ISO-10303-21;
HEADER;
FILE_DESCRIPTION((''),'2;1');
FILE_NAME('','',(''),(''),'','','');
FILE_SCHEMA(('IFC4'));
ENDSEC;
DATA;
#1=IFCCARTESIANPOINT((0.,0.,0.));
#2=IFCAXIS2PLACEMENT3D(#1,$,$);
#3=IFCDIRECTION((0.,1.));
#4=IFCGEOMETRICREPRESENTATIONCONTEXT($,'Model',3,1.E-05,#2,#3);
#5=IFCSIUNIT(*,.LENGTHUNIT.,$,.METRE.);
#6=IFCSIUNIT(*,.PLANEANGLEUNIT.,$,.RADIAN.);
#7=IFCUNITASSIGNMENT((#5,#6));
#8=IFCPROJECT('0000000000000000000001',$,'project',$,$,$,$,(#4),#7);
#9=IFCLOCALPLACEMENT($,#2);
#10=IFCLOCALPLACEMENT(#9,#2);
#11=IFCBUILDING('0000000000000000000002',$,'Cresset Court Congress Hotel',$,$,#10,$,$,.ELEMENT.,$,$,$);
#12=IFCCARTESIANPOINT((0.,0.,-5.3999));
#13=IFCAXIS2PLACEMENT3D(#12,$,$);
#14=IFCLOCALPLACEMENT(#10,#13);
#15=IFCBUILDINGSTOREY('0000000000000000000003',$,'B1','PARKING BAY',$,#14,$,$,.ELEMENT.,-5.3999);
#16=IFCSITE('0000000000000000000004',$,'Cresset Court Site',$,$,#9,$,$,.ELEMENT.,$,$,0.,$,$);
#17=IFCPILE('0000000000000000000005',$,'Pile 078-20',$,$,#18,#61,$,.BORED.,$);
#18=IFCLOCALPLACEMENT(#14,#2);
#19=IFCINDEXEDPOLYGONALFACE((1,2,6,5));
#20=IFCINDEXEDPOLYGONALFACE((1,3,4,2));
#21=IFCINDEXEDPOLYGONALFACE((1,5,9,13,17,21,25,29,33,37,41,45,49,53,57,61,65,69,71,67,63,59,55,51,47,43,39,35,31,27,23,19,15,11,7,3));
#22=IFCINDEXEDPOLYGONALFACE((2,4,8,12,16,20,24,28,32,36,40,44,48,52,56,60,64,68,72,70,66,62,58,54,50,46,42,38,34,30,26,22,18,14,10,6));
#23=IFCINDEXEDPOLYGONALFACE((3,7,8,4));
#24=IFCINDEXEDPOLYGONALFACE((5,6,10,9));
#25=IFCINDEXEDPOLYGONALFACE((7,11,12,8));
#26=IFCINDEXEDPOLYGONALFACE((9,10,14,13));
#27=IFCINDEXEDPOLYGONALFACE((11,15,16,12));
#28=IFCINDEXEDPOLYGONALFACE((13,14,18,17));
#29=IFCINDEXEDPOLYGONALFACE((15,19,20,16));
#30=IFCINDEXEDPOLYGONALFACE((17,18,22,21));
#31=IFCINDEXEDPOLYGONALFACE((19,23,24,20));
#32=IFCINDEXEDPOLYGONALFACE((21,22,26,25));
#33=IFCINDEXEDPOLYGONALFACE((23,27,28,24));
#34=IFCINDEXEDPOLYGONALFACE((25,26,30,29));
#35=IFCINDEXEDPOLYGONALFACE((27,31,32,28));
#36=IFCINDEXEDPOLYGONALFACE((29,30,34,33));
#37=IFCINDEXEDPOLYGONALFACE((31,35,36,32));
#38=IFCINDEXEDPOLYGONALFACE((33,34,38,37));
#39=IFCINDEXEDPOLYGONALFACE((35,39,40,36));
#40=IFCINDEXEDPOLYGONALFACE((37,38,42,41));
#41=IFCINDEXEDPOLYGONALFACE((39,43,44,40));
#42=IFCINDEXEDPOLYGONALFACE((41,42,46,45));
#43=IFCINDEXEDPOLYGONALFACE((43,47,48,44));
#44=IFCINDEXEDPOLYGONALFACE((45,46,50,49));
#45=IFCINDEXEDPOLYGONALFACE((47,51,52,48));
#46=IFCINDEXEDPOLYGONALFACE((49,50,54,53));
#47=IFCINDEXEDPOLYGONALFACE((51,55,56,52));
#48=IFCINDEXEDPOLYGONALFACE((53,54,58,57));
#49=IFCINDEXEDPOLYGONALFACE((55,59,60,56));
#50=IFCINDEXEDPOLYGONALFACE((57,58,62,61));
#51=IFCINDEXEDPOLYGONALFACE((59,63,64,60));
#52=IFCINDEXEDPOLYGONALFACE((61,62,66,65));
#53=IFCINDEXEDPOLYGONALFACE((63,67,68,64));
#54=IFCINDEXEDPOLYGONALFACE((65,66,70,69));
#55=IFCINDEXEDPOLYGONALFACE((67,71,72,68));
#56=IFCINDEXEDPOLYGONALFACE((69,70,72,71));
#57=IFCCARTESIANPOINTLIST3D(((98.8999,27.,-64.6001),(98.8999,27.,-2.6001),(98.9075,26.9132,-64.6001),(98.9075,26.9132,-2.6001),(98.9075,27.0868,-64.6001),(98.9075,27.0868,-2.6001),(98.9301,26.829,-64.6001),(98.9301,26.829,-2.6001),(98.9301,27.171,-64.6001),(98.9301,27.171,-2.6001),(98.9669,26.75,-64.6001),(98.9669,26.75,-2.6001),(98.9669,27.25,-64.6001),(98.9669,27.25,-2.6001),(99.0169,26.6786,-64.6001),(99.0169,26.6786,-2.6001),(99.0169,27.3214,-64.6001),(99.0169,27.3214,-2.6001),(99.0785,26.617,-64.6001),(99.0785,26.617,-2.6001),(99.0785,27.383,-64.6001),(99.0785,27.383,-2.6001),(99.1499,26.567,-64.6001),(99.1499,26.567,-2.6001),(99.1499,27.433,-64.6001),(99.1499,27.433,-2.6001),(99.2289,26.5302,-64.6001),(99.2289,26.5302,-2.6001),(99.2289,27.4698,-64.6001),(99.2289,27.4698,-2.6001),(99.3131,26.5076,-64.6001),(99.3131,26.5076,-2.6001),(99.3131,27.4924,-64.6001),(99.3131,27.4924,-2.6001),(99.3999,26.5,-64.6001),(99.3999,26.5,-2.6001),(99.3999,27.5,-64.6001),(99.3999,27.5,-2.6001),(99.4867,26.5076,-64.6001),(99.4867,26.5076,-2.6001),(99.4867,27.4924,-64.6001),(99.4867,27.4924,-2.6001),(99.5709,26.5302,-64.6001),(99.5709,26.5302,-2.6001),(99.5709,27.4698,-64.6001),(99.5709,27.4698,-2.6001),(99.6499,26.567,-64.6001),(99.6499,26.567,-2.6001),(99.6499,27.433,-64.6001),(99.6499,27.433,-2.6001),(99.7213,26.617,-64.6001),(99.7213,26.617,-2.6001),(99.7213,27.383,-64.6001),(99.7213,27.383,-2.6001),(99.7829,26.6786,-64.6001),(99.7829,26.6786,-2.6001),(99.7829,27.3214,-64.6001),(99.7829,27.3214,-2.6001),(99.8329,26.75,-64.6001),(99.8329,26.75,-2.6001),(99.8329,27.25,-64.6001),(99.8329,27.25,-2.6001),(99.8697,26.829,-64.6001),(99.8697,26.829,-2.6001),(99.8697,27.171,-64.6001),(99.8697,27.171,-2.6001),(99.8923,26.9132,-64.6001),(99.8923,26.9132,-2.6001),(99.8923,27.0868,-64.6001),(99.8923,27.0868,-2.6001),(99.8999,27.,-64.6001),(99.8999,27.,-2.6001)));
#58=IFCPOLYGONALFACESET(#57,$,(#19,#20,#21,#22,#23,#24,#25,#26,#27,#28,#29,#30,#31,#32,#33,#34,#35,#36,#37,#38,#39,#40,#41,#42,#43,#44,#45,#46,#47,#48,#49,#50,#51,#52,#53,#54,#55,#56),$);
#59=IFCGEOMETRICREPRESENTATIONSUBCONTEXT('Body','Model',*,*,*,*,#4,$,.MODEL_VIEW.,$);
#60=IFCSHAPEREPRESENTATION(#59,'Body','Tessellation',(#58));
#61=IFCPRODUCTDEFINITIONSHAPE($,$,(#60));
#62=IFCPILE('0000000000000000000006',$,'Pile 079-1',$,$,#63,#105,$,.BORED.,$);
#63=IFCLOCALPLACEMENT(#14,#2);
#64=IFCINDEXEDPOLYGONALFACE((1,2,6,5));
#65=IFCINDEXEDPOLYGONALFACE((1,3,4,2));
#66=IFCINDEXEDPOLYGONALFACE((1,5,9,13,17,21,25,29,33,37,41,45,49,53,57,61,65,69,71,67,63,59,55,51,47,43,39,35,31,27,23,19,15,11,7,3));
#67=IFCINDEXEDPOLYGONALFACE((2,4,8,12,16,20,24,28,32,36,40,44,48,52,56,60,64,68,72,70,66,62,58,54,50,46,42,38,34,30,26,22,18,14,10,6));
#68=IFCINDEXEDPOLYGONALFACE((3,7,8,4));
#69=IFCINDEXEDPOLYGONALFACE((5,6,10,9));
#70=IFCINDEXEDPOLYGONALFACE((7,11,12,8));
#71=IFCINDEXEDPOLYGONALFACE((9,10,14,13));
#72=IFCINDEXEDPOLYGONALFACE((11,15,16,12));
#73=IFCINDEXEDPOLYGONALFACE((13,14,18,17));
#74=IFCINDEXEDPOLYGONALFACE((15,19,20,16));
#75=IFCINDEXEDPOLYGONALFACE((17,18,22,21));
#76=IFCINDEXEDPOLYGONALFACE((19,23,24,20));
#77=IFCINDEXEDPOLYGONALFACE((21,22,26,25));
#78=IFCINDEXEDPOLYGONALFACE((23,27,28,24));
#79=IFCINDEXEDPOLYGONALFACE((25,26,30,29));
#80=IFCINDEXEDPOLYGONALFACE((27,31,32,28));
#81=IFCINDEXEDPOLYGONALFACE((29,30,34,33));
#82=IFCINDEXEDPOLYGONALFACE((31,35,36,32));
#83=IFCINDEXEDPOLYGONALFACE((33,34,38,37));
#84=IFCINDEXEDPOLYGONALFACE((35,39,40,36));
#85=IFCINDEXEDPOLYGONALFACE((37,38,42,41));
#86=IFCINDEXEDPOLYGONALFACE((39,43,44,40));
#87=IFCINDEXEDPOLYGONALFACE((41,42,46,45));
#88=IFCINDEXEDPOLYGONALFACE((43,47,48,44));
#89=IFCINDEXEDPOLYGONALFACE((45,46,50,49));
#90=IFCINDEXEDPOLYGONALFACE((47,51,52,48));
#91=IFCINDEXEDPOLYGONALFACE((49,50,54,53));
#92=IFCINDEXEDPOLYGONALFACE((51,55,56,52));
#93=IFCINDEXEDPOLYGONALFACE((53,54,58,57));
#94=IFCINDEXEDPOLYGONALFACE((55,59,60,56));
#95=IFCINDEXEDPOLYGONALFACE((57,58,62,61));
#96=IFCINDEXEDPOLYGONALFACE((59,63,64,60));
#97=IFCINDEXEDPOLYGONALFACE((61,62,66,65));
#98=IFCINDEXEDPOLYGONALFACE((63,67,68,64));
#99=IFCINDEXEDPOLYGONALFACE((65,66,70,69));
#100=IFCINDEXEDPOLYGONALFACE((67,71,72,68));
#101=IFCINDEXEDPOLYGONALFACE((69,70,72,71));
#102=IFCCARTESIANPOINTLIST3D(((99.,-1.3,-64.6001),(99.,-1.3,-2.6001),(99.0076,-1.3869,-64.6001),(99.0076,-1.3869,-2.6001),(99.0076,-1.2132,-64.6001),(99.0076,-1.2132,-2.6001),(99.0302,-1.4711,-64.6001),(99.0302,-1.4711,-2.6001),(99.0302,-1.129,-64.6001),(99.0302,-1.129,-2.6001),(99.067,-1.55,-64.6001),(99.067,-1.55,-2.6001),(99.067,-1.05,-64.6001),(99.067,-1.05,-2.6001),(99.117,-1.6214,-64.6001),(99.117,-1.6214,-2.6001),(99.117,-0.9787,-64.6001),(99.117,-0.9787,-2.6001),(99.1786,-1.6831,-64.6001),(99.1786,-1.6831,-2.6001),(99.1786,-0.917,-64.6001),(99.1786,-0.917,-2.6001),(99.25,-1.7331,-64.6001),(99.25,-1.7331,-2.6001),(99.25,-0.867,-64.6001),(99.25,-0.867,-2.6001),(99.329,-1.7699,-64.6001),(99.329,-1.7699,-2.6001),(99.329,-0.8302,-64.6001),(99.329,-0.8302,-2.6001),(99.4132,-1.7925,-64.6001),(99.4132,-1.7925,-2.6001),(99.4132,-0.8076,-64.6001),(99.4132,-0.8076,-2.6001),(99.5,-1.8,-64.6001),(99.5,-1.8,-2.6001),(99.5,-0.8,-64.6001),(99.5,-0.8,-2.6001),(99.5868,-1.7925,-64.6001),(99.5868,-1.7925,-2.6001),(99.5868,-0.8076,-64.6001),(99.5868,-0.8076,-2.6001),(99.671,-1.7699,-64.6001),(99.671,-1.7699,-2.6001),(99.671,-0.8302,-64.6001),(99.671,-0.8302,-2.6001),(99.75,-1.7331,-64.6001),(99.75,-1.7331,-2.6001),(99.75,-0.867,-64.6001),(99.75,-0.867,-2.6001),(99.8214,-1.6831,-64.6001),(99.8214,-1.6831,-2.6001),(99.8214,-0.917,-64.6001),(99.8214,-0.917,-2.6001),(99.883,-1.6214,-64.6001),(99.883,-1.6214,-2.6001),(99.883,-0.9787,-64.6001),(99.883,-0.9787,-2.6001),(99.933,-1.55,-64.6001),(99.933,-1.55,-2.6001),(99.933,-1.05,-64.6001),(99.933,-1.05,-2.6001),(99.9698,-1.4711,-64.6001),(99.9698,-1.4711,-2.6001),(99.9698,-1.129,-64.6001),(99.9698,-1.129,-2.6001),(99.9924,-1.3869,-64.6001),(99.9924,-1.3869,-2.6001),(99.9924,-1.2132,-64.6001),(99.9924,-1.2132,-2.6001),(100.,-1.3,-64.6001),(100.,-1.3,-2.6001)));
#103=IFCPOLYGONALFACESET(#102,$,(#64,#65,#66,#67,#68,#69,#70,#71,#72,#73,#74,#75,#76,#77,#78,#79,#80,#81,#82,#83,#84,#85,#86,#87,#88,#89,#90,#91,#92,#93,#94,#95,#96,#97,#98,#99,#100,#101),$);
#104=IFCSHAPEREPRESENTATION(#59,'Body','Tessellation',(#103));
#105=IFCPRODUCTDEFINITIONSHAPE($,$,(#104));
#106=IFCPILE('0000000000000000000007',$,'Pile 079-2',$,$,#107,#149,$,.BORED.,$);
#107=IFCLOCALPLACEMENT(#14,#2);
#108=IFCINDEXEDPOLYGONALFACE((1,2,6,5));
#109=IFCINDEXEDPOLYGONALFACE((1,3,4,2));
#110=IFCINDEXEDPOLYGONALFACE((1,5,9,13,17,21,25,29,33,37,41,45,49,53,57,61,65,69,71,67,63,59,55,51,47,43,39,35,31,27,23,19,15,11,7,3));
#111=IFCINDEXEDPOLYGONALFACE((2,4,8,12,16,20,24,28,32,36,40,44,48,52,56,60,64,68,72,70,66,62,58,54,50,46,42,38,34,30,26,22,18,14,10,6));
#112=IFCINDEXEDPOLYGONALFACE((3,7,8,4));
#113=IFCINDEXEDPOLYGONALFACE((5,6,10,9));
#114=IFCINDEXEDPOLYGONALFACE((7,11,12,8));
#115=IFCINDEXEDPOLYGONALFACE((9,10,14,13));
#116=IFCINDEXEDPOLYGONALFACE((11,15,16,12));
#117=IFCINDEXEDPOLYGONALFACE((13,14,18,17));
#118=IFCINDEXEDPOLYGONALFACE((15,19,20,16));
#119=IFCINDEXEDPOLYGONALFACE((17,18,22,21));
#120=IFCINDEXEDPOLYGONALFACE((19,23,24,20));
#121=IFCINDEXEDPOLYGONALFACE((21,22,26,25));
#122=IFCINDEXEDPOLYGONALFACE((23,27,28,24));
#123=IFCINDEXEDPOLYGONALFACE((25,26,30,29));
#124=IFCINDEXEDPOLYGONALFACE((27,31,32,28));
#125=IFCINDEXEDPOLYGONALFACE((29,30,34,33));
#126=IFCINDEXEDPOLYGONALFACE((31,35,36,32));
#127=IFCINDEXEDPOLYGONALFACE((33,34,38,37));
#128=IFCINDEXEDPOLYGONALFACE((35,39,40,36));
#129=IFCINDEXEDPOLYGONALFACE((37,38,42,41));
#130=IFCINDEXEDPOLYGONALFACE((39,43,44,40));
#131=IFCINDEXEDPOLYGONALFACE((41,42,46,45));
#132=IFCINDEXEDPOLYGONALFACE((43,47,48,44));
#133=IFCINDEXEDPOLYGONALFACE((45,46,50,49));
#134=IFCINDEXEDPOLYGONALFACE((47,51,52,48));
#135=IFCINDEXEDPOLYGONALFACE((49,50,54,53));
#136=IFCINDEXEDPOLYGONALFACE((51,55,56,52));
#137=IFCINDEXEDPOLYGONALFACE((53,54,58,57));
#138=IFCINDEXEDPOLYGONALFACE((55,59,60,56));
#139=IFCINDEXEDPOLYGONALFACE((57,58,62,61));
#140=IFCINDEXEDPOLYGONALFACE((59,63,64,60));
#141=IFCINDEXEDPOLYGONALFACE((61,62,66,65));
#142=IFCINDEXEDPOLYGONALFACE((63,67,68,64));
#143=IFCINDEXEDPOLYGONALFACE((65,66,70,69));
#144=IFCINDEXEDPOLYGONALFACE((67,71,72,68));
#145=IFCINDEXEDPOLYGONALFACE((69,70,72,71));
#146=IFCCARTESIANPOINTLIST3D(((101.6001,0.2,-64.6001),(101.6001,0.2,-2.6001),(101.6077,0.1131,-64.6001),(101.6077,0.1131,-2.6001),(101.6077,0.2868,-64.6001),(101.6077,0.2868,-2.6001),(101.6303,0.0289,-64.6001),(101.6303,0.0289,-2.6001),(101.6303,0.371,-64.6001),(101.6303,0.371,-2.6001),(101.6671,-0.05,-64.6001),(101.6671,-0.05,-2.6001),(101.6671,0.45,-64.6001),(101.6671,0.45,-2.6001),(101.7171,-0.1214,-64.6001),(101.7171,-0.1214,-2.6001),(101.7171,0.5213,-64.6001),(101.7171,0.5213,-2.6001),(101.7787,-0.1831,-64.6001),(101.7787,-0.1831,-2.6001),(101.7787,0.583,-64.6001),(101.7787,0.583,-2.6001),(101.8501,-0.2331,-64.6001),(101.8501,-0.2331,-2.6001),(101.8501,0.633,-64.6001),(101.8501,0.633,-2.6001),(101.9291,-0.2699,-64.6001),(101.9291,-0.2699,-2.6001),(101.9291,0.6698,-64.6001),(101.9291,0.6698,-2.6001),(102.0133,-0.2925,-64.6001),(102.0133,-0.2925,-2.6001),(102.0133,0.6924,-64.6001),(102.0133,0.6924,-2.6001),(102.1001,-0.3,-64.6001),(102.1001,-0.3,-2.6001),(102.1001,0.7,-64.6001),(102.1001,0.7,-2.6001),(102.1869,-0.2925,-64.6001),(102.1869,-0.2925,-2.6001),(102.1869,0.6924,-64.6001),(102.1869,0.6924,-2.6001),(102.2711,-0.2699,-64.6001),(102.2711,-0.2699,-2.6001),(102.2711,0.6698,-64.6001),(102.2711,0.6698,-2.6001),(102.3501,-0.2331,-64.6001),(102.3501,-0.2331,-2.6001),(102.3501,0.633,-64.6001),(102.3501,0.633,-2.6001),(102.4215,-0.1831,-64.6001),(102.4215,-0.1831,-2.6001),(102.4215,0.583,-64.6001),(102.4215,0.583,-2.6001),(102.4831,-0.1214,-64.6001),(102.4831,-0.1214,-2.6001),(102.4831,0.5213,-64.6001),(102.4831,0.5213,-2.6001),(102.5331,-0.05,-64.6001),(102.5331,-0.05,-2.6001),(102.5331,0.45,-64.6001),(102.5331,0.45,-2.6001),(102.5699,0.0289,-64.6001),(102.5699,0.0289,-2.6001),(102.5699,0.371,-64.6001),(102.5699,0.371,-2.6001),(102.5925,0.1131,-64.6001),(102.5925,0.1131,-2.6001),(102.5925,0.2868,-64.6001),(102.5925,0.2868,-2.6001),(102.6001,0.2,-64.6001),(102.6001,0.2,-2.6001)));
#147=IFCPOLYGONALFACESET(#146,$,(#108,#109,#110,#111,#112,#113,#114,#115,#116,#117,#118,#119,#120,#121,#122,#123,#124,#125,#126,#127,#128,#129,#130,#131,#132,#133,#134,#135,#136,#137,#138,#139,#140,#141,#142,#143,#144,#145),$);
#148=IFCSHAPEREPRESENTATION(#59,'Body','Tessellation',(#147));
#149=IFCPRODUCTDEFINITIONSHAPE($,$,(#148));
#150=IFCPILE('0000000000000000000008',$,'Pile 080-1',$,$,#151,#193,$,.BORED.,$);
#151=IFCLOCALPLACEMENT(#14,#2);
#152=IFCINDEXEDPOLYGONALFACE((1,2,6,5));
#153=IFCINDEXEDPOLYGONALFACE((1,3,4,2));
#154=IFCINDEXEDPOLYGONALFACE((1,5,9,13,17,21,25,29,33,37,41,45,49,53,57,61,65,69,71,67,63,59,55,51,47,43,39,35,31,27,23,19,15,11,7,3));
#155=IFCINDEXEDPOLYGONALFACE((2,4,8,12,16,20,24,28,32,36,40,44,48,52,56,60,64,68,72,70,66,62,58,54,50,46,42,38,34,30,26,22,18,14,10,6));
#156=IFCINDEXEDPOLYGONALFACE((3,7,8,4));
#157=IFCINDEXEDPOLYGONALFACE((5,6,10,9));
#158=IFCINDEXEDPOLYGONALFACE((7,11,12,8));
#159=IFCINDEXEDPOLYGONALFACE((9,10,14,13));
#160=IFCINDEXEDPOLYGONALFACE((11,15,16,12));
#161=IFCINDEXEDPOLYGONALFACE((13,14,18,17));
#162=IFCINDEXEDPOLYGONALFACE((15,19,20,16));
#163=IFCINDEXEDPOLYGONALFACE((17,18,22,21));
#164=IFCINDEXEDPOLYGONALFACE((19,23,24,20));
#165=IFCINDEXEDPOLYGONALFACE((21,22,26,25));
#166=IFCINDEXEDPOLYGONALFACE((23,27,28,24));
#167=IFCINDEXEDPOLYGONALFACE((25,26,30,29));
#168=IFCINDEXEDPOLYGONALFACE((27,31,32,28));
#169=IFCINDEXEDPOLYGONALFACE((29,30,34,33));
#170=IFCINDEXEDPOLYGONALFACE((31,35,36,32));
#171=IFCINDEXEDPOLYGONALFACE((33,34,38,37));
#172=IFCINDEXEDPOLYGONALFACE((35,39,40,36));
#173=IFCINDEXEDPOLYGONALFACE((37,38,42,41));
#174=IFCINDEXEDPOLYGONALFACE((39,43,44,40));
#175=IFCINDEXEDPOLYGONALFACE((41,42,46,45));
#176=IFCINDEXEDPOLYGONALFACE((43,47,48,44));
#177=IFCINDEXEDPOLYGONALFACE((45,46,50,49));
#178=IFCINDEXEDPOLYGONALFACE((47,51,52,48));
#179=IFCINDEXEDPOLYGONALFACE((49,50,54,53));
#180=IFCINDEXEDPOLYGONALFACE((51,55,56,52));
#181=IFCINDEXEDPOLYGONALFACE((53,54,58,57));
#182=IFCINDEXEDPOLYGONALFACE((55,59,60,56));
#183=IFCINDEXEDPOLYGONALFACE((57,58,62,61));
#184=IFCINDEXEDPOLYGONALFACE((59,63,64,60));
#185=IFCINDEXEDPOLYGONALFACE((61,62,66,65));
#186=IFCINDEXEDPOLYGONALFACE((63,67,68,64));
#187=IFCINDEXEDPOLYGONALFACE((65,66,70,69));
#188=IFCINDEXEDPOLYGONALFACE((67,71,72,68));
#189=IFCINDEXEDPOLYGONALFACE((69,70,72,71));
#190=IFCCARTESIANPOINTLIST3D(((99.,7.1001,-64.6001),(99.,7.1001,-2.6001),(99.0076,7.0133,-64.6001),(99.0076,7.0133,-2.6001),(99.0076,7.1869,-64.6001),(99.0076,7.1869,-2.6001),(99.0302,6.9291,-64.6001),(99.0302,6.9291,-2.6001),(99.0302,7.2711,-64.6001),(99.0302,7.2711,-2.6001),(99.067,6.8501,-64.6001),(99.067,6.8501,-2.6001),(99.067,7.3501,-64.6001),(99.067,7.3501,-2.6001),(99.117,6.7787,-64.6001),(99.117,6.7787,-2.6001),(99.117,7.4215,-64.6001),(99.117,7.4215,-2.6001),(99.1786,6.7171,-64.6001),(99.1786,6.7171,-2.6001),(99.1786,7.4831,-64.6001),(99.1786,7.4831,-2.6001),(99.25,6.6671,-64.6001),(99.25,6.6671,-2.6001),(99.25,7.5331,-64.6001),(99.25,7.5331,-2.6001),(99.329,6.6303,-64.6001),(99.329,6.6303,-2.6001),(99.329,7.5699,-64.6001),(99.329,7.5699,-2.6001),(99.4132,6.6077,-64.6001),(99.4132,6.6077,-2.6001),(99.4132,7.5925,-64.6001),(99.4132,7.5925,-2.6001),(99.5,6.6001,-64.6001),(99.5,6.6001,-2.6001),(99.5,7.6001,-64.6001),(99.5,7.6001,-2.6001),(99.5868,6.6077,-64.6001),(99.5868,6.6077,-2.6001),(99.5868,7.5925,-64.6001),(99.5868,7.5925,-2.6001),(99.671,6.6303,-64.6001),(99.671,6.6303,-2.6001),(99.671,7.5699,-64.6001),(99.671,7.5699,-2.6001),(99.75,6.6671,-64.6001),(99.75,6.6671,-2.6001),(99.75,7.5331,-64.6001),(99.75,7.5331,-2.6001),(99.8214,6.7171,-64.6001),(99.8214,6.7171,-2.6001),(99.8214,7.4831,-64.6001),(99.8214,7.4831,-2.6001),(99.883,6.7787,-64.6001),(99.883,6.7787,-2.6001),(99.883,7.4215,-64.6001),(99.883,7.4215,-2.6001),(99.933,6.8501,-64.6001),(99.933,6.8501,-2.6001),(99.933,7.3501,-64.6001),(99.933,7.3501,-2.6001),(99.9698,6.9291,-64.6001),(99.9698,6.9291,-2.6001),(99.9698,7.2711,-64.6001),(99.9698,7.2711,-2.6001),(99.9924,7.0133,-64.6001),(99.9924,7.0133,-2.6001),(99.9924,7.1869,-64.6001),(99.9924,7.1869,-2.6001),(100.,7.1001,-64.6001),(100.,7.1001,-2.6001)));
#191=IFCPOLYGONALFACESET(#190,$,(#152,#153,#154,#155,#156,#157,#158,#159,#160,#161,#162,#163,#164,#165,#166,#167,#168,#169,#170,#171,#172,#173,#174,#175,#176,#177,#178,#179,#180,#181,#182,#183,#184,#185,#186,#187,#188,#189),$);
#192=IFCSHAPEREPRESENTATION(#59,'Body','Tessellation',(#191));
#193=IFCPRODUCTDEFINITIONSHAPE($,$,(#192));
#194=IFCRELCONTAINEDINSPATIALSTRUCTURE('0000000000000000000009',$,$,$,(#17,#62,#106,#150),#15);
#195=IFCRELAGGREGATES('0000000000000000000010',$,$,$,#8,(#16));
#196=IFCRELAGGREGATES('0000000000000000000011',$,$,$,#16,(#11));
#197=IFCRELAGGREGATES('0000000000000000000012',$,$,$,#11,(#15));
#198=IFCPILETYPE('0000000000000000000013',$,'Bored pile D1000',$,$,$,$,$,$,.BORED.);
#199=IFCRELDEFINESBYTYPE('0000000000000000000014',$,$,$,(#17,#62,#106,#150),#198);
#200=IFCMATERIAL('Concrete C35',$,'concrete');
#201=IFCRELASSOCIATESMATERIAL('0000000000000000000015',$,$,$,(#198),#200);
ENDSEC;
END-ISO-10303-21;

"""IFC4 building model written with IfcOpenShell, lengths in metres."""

from ifc_helpers import new_model, si_unit, direction, frame, origin, origin_2d, place, context, subcontext, project, spatial, circle, extrude, material, type_object, element, save


model = new_model("IFC4")

# Units and contexts
model_context = context("Model", 3, precision=1e-05, world=origin(), true_north=direction((0.0, 1.0)))
body_context = subcontext(model_context, "Body", "Model", "MODEL_VIEW")
ifc_project = project(units=[si_unit("LENGTHUNIT", "METRE"), si_unit("PLANEANGLEUNIT", "RADIAN")], contexts=[model_context])

# Site, building, storey
site_placement = place(None, origin())
site = spatial("IfcSite", under=ifc_project, at=site_placement, Name="Cresset Court Site", CompositionType="ELEMENT", RefElevation=0.0)
building_placement = place(site_placement, origin())
building = spatial("IfcBuilding", under=site, at=building_placement, Name="Cresset Court Congress Hotel", CompositionType="ELEMENT")
storey_placement = place(building_placement, frame((0.0, 0.0, -5.3999)))
storey = spatial("IfcBuildingStorey", under=building, at=storey_placement, Name="B1", Description="PARKING BAY", CompositionType="ELEMENT", Elevation=-5.3999)

# Piles
ifc_material_1 = material(Name="Concrete C35", Category="concrete")
pile_type = type_object("IfcPileType", Name="Bored pile D1000", PredefinedType="BORED", material=ifc_material_1)
for number, where, z_axis, x_axis, name in (
    (1, (99.3999, 27.0, -2.6001), (0.0, 0.0, -1.0), (1.0, 0.0, 0.0), "Pile 078-20"),
    (2, (99.5, -1.3, -2.6001), (0.0, 0.0, -1.0), (1.0, 0.0, 0.0), "Pile 079-1"),
    (3, (102.1001, 0.2, -2.6001), (0.0, 0.0, -1.0), (1.0, 0.0, 0.0), "Pile 079-2"),
    (4, (99.5, 7.1001, -2.6001), (0.0, 0.0, -1.0), (1.0, 0.0, 0.0), "Pile 080-1"),
):
    element("IfcPile", number, at=place(storey_placement, frame(where, z_axis=z_axis, x_axis=x_axis)), inside=storey, type_object=pile_type, Name=name, PredefinedType="BORED", context=body_context, shape_type="SweptSolid", body=[
        extrude(circle(Radius=0.5, at=origin_2d()), origin(), (0.0, 0.0, 1.0), 62.0),
    ])

save(model, "model.ifc")
